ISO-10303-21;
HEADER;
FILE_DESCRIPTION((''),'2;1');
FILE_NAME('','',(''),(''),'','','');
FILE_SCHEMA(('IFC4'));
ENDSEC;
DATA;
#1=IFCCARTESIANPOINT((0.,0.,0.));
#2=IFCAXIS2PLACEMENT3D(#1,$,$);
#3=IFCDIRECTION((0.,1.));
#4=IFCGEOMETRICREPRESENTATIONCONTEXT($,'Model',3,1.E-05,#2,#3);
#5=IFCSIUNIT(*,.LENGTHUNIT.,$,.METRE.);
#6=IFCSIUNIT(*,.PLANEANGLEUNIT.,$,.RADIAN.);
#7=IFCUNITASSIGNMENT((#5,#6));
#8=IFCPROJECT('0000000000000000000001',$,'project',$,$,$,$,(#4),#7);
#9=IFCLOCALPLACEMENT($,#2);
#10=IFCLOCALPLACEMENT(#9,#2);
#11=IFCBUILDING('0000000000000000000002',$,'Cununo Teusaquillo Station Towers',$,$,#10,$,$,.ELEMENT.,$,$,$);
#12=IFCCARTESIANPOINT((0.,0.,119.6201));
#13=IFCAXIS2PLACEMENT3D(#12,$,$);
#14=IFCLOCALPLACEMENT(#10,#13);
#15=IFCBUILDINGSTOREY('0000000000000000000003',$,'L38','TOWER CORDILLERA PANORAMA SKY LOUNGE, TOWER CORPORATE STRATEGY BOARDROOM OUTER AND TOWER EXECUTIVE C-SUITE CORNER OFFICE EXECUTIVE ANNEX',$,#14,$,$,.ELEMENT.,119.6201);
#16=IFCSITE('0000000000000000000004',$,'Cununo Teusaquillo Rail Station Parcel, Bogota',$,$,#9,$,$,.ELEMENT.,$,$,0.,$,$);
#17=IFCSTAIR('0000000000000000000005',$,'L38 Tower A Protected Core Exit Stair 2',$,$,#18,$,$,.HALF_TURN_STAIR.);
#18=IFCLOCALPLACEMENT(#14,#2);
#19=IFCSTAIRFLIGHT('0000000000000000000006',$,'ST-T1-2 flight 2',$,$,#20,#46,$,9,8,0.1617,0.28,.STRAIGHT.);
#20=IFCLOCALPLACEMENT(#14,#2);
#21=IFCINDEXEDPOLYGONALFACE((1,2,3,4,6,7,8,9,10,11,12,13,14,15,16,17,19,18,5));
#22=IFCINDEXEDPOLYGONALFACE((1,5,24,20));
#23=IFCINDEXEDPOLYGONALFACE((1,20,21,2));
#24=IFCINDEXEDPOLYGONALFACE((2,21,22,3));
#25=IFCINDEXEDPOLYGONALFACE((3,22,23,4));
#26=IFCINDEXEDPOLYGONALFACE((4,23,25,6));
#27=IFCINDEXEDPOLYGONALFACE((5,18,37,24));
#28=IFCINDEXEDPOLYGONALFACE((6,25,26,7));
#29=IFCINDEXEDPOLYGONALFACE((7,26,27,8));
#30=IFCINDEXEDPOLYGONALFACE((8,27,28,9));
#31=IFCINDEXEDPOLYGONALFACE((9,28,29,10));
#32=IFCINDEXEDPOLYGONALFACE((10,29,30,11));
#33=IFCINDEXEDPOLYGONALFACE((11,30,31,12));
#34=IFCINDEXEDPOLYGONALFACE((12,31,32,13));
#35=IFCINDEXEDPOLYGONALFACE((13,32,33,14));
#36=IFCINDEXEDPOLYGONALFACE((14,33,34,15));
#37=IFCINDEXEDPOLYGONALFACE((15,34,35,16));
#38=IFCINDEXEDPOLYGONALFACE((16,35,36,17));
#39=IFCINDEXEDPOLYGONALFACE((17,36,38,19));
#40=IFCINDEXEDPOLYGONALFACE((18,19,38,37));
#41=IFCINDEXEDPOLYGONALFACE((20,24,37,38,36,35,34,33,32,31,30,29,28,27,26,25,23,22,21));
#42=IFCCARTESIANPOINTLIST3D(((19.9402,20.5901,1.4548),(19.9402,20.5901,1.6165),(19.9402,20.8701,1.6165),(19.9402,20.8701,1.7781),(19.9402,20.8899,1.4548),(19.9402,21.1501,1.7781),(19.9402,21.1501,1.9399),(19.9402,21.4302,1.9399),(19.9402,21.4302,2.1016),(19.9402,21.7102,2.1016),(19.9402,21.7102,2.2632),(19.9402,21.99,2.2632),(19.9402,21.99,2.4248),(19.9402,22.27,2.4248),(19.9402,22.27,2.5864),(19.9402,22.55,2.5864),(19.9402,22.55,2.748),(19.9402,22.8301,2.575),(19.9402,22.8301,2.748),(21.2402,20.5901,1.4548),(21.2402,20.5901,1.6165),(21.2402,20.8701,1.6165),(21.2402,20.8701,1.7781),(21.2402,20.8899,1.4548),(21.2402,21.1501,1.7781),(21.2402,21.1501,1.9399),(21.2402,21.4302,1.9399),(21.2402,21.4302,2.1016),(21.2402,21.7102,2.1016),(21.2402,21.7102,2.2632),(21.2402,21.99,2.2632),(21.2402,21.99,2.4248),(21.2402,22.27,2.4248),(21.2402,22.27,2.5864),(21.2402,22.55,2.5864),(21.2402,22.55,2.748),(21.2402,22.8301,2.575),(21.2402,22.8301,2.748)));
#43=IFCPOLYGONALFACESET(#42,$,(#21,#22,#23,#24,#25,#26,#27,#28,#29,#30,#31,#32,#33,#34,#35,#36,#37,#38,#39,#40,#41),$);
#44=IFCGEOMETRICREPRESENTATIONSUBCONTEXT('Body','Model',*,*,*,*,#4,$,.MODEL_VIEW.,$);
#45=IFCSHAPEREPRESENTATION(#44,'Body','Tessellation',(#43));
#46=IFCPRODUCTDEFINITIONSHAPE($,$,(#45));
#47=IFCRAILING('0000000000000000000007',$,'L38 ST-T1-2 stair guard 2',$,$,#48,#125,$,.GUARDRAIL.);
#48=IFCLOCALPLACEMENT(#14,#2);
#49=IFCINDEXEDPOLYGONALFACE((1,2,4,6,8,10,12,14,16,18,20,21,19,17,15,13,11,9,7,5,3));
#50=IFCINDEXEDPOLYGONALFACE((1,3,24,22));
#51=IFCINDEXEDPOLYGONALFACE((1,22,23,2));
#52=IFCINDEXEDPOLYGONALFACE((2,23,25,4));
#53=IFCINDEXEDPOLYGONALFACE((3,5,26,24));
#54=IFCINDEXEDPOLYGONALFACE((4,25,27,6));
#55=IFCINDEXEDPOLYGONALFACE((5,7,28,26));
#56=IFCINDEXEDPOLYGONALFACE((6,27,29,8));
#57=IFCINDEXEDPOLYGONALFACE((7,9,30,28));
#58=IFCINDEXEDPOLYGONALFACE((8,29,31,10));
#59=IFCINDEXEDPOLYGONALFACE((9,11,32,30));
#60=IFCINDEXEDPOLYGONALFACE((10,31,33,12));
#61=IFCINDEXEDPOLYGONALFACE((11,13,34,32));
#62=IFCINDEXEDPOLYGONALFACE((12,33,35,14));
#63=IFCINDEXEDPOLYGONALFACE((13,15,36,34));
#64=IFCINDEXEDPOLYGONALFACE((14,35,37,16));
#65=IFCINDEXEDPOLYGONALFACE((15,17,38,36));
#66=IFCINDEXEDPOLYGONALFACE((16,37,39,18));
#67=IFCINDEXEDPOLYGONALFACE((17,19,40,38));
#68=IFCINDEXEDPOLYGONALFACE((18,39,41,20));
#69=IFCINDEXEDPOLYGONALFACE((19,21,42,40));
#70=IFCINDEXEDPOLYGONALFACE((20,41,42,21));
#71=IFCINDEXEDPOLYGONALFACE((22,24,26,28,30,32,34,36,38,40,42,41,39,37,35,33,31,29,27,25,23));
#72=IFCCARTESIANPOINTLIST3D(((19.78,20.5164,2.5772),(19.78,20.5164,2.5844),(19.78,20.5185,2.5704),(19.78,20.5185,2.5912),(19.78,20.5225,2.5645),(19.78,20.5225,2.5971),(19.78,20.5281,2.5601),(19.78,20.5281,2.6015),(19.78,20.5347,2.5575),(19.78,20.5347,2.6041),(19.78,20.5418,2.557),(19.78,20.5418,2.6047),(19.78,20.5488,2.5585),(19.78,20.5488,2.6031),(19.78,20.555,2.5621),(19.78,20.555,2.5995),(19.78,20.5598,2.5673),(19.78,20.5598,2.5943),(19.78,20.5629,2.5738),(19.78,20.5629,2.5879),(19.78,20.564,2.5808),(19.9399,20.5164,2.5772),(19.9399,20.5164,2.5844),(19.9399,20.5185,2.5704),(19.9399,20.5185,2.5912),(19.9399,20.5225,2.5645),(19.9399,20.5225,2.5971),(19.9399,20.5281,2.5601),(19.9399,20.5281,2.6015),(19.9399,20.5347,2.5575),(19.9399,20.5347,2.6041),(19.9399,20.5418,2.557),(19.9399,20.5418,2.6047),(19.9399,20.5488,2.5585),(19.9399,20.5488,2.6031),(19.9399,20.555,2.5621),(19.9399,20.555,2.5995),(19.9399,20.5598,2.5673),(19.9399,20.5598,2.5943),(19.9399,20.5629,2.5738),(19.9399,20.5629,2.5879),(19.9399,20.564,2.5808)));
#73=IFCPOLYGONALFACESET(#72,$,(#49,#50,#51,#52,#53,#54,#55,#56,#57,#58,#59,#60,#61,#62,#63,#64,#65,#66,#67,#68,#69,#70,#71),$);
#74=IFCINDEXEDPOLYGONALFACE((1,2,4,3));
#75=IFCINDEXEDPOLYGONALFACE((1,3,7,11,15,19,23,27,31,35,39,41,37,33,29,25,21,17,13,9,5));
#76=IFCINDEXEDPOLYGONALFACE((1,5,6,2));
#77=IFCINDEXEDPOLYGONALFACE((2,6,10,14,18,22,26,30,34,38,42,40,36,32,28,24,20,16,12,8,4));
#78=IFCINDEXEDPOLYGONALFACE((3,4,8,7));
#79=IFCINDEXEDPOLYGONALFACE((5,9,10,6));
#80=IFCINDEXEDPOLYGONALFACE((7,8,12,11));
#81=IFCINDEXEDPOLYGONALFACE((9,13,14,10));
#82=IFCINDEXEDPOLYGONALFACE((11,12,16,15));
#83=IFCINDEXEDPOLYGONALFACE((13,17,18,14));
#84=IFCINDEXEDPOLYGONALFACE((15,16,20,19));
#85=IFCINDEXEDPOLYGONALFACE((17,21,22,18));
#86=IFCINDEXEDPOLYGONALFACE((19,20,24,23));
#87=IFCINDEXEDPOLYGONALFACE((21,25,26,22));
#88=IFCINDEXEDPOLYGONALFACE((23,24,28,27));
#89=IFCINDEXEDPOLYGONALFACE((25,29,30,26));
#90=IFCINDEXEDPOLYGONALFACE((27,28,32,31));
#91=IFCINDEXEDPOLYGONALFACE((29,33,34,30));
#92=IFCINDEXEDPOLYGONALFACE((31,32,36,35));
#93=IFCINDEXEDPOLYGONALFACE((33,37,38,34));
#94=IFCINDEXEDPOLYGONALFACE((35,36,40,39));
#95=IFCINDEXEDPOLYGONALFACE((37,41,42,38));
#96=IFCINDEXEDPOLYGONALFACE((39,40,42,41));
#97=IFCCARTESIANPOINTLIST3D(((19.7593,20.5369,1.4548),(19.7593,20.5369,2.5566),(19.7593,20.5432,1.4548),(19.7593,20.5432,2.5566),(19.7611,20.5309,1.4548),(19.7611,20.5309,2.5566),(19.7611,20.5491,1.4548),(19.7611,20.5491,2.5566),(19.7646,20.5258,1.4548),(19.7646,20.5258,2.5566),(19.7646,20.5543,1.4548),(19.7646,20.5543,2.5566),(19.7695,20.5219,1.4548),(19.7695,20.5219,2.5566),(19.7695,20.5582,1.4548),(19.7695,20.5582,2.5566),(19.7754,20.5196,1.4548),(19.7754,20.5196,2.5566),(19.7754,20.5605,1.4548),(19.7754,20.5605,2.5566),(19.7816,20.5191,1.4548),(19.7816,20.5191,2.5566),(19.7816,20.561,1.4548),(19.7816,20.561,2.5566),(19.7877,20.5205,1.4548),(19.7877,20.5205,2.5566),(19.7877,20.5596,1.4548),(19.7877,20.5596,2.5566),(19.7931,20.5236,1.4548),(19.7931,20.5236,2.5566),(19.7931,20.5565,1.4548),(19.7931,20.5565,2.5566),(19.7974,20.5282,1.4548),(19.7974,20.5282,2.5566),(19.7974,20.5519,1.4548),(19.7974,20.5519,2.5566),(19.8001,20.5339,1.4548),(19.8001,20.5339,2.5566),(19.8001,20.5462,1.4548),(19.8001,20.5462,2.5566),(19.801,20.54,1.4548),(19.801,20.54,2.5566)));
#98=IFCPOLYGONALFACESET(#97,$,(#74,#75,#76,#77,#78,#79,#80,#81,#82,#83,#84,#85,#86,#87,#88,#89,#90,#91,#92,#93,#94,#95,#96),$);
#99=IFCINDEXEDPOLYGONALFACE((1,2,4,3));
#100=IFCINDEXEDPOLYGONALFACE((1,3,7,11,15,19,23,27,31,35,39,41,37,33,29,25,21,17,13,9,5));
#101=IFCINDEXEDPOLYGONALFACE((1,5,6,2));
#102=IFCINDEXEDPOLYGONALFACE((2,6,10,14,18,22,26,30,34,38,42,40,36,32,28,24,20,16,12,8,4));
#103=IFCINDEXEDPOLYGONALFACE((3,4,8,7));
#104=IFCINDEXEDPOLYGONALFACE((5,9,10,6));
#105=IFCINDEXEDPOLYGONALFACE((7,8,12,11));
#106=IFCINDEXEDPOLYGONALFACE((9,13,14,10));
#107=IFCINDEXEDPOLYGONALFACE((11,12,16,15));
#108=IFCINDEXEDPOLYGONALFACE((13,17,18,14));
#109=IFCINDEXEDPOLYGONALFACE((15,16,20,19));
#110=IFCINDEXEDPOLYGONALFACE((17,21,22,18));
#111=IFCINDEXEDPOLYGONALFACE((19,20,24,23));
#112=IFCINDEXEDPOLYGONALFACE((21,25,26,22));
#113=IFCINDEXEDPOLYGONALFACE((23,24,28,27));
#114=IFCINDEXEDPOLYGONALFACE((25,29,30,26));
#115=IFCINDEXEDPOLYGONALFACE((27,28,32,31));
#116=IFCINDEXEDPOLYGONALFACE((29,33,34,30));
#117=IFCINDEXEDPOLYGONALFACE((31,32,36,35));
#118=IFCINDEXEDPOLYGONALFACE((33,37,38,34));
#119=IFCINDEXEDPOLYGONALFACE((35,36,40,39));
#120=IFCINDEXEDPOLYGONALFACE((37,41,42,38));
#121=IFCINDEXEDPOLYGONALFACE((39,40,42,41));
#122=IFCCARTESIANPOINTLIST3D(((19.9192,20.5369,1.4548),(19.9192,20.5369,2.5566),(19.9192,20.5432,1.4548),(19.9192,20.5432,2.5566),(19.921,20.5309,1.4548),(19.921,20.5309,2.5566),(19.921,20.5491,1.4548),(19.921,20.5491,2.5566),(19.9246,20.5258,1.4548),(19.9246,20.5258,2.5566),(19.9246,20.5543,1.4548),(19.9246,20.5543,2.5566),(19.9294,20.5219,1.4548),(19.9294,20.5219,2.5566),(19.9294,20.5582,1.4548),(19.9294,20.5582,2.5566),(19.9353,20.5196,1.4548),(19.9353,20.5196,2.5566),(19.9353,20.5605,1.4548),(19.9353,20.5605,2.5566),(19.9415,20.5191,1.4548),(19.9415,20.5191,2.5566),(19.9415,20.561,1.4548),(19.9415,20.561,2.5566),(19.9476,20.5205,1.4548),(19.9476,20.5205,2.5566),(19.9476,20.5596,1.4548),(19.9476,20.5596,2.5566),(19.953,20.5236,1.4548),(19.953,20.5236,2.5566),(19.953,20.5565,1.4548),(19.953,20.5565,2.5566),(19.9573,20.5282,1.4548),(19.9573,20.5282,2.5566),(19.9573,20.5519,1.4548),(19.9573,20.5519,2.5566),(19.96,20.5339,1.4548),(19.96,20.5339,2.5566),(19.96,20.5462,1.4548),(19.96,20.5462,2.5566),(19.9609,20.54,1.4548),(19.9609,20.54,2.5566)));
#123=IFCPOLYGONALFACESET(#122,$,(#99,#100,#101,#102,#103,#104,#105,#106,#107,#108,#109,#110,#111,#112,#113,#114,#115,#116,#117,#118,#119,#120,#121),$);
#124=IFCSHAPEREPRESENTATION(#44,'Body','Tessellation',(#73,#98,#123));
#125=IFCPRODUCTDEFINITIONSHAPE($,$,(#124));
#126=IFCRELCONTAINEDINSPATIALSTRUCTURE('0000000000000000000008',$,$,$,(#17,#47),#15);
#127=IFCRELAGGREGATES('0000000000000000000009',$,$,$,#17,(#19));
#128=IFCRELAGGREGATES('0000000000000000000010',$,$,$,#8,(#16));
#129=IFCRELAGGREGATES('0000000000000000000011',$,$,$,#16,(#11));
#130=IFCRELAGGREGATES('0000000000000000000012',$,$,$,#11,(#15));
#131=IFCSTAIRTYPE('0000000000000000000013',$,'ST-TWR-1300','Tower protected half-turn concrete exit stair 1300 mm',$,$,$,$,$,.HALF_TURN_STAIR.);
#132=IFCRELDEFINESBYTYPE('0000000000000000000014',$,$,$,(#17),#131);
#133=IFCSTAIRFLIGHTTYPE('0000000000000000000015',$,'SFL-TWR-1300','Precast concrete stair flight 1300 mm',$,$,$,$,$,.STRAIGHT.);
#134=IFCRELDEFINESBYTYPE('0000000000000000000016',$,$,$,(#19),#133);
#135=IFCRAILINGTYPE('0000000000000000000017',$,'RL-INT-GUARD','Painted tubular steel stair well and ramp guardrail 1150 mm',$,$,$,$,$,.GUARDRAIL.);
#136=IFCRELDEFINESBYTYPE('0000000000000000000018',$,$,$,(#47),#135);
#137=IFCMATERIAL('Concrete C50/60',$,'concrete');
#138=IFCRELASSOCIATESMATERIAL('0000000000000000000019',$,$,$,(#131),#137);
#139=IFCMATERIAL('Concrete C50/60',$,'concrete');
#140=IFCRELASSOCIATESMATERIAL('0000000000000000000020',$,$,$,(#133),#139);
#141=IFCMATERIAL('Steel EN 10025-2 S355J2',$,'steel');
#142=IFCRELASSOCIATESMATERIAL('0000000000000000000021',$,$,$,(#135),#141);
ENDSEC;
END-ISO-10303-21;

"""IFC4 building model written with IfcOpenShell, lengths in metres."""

from ifc_helpers import new_model, si_unit, direction, frame, origin, origin_2d, place, context, subcontext, project, spatial, polyline, circle, outline, extrude, material, type_object, element, aggregate, save


model = new_model("IFC4")

# Units and contexts
model_context = context("Model", 3, precision=1e-05, world=origin(), true_north=direction((0.0, 1.0)))
body_context = subcontext(model_context, "Body", "Model", "MODEL_VIEW")
ifc_project = project(units=[si_unit("LENGTHUNIT", "METRE"), si_unit("PLANEANGLEUNIT", "RADIAN")], contexts=[model_context])

# Site, building, storey
site_placement = place(None, origin())
site = spatial("IfcSite", under=ifc_project, at=site_placement, Name="Cununo Teusaquillo Rail Station Parcel, Bogota", CompositionType="ELEMENT", RefElevation=0.0)
building_placement = place(site_placement, origin())
building = spatial("IfcBuilding", under=site, at=building_placement, Name="Cununo Teusaquillo Station Towers", CompositionType="ELEMENT")
storey_placement = place(building_placement, frame((0.0, 0.0, 119.6201)))
storey = spatial("IfcBuildingStorey", under=building, at=storey_placement, Name="L38", Description="TOWER CORDILLERA PANORAMA SKY LOUNGE, TOWER CORPORATE STRATEGY BOARDROOM OUTER AND TOWER EXECUTIVE C-SUITE CORNER OFFICE EXECUTIVE ANNEX", CompositionType="ELEMENT", Elevation=119.6201)

# Stair, stair flight
ifc_material_1 = material(Name="Concrete C50/60", Category="concrete")
stair_type = type_object("IfcStairType", Name="ST-TWR-1300", Description="Tower protected half-turn concrete exit stair 1300 mm", PredefinedType="HALF_TURN_STAIR", material=ifc_material_1)
stair_placement = place(storey_placement, origin())
stair = element("IfcStair", 1, at=stair_placement, inside=storey, type_object=stair_type, Name="L38 Tower A Protected Core Exit Stair 2", PredefinedType="HALF_TURN_STAIR")
ifc_material_2 = material(Name="Concrete C50/60", Category="concrete")
stair_flight_type = type_object("IfcStairFlightType", Name="SFL-TWR-1300", Description="Precast concrete stair flight 1300 mm", PredefinedType="STRAIGHT", material=ifc_material_2)
stair_flight_placement = place(storey_placement, frame((20.5901, 20.5901, 1.4548), z_axis=(0.0, 0.0, 1.0), x_axis=(0.0, 1.0, 0.0)))
stair_flight = element("IfcStairFlight", 2, at=stair_flight_placement, type_object=stair_flight_type, Name="ST-T1-2 flight 2", NumberOfRisers=9, NumberOfTreads=8, PredefinedType="STRAIGHT", RiserHeight=0.1617, TreadLength=0.28, context=body_context, shape_type="SweptSolid", body=[
    extrude(outline(polyline([(0.0, 0.0), (0.0, 0.1616), (0.28, 0.1616), (0.28, 0.3232), (0.5601, 0.3232), (0.5601, 0.4851), (0.8401, 0.4851), (0.8401, 0.6467), (1.1201, 0.6467), (1.1201, 0.8083), (1.3999, 0.8083), (1.3999, 0.97), (1.6799, 0.97), (1.6799, 1.1316), (1.96, 1.1316), (1.96, 1.2932), (2.24, 1.2932), (2.24, 1.4551), (2.24, 1.1201), (0.2998, 0.0), (0.0, 0.0)])), frame((0.0, 0.6499, 0.0), z_axis=(0.0, -1.0, 0.0), x_axis=(1.0, 0.0, 0.0)), (0.0, 0.0, 1.0), 1.3),
])
aggregate(stair, [stair_flight])

# Railing
ifc_material_3 = material(Name="Steel EN 10025-2 S355J2", Category="steel")
railing_type_1 = type_object("IfcRailingType", Name="RL-INT-GUARD", Description="Painted tubular steel stair well and ramp guardrail 1150 mm", PredefinedType="GUARDRAIL", material=ifc_material_3)
railing_1_placement = place(storey_placement, frame((19.78, 20.54, 1.4548)))
element("IfcRailing", 3, at=railing_1_placement, inside=storey, type_object=railing_type_1, Name="L38 ST-T1-2 stair guard 2", PredefinedType="GUARDRAIL", context=body_context, shape_type="SweptSolid", body=[
    extrude(circle(Radius=0.0239, at=origin_2d()), frame((0.0, 0.0, 1.126), z_axis=(1.0, 0.0, 0.0), x_axis=(0.0, 1.0, 0.0)), (0.0, 0.0, 1.0), 0.1599),
    extrude(circle(Radius=0.021, at=origin_2d()), origin(), (0.0, 0.0, 1.0), 1.1018),
    extrude(circle(Radius=0.021, at=origin_2d()), frame((0.1599, 0.0, 0.0)), (0.0, 0.0, 1.0), 1.1018),
])

save(model, "model.ifc")
